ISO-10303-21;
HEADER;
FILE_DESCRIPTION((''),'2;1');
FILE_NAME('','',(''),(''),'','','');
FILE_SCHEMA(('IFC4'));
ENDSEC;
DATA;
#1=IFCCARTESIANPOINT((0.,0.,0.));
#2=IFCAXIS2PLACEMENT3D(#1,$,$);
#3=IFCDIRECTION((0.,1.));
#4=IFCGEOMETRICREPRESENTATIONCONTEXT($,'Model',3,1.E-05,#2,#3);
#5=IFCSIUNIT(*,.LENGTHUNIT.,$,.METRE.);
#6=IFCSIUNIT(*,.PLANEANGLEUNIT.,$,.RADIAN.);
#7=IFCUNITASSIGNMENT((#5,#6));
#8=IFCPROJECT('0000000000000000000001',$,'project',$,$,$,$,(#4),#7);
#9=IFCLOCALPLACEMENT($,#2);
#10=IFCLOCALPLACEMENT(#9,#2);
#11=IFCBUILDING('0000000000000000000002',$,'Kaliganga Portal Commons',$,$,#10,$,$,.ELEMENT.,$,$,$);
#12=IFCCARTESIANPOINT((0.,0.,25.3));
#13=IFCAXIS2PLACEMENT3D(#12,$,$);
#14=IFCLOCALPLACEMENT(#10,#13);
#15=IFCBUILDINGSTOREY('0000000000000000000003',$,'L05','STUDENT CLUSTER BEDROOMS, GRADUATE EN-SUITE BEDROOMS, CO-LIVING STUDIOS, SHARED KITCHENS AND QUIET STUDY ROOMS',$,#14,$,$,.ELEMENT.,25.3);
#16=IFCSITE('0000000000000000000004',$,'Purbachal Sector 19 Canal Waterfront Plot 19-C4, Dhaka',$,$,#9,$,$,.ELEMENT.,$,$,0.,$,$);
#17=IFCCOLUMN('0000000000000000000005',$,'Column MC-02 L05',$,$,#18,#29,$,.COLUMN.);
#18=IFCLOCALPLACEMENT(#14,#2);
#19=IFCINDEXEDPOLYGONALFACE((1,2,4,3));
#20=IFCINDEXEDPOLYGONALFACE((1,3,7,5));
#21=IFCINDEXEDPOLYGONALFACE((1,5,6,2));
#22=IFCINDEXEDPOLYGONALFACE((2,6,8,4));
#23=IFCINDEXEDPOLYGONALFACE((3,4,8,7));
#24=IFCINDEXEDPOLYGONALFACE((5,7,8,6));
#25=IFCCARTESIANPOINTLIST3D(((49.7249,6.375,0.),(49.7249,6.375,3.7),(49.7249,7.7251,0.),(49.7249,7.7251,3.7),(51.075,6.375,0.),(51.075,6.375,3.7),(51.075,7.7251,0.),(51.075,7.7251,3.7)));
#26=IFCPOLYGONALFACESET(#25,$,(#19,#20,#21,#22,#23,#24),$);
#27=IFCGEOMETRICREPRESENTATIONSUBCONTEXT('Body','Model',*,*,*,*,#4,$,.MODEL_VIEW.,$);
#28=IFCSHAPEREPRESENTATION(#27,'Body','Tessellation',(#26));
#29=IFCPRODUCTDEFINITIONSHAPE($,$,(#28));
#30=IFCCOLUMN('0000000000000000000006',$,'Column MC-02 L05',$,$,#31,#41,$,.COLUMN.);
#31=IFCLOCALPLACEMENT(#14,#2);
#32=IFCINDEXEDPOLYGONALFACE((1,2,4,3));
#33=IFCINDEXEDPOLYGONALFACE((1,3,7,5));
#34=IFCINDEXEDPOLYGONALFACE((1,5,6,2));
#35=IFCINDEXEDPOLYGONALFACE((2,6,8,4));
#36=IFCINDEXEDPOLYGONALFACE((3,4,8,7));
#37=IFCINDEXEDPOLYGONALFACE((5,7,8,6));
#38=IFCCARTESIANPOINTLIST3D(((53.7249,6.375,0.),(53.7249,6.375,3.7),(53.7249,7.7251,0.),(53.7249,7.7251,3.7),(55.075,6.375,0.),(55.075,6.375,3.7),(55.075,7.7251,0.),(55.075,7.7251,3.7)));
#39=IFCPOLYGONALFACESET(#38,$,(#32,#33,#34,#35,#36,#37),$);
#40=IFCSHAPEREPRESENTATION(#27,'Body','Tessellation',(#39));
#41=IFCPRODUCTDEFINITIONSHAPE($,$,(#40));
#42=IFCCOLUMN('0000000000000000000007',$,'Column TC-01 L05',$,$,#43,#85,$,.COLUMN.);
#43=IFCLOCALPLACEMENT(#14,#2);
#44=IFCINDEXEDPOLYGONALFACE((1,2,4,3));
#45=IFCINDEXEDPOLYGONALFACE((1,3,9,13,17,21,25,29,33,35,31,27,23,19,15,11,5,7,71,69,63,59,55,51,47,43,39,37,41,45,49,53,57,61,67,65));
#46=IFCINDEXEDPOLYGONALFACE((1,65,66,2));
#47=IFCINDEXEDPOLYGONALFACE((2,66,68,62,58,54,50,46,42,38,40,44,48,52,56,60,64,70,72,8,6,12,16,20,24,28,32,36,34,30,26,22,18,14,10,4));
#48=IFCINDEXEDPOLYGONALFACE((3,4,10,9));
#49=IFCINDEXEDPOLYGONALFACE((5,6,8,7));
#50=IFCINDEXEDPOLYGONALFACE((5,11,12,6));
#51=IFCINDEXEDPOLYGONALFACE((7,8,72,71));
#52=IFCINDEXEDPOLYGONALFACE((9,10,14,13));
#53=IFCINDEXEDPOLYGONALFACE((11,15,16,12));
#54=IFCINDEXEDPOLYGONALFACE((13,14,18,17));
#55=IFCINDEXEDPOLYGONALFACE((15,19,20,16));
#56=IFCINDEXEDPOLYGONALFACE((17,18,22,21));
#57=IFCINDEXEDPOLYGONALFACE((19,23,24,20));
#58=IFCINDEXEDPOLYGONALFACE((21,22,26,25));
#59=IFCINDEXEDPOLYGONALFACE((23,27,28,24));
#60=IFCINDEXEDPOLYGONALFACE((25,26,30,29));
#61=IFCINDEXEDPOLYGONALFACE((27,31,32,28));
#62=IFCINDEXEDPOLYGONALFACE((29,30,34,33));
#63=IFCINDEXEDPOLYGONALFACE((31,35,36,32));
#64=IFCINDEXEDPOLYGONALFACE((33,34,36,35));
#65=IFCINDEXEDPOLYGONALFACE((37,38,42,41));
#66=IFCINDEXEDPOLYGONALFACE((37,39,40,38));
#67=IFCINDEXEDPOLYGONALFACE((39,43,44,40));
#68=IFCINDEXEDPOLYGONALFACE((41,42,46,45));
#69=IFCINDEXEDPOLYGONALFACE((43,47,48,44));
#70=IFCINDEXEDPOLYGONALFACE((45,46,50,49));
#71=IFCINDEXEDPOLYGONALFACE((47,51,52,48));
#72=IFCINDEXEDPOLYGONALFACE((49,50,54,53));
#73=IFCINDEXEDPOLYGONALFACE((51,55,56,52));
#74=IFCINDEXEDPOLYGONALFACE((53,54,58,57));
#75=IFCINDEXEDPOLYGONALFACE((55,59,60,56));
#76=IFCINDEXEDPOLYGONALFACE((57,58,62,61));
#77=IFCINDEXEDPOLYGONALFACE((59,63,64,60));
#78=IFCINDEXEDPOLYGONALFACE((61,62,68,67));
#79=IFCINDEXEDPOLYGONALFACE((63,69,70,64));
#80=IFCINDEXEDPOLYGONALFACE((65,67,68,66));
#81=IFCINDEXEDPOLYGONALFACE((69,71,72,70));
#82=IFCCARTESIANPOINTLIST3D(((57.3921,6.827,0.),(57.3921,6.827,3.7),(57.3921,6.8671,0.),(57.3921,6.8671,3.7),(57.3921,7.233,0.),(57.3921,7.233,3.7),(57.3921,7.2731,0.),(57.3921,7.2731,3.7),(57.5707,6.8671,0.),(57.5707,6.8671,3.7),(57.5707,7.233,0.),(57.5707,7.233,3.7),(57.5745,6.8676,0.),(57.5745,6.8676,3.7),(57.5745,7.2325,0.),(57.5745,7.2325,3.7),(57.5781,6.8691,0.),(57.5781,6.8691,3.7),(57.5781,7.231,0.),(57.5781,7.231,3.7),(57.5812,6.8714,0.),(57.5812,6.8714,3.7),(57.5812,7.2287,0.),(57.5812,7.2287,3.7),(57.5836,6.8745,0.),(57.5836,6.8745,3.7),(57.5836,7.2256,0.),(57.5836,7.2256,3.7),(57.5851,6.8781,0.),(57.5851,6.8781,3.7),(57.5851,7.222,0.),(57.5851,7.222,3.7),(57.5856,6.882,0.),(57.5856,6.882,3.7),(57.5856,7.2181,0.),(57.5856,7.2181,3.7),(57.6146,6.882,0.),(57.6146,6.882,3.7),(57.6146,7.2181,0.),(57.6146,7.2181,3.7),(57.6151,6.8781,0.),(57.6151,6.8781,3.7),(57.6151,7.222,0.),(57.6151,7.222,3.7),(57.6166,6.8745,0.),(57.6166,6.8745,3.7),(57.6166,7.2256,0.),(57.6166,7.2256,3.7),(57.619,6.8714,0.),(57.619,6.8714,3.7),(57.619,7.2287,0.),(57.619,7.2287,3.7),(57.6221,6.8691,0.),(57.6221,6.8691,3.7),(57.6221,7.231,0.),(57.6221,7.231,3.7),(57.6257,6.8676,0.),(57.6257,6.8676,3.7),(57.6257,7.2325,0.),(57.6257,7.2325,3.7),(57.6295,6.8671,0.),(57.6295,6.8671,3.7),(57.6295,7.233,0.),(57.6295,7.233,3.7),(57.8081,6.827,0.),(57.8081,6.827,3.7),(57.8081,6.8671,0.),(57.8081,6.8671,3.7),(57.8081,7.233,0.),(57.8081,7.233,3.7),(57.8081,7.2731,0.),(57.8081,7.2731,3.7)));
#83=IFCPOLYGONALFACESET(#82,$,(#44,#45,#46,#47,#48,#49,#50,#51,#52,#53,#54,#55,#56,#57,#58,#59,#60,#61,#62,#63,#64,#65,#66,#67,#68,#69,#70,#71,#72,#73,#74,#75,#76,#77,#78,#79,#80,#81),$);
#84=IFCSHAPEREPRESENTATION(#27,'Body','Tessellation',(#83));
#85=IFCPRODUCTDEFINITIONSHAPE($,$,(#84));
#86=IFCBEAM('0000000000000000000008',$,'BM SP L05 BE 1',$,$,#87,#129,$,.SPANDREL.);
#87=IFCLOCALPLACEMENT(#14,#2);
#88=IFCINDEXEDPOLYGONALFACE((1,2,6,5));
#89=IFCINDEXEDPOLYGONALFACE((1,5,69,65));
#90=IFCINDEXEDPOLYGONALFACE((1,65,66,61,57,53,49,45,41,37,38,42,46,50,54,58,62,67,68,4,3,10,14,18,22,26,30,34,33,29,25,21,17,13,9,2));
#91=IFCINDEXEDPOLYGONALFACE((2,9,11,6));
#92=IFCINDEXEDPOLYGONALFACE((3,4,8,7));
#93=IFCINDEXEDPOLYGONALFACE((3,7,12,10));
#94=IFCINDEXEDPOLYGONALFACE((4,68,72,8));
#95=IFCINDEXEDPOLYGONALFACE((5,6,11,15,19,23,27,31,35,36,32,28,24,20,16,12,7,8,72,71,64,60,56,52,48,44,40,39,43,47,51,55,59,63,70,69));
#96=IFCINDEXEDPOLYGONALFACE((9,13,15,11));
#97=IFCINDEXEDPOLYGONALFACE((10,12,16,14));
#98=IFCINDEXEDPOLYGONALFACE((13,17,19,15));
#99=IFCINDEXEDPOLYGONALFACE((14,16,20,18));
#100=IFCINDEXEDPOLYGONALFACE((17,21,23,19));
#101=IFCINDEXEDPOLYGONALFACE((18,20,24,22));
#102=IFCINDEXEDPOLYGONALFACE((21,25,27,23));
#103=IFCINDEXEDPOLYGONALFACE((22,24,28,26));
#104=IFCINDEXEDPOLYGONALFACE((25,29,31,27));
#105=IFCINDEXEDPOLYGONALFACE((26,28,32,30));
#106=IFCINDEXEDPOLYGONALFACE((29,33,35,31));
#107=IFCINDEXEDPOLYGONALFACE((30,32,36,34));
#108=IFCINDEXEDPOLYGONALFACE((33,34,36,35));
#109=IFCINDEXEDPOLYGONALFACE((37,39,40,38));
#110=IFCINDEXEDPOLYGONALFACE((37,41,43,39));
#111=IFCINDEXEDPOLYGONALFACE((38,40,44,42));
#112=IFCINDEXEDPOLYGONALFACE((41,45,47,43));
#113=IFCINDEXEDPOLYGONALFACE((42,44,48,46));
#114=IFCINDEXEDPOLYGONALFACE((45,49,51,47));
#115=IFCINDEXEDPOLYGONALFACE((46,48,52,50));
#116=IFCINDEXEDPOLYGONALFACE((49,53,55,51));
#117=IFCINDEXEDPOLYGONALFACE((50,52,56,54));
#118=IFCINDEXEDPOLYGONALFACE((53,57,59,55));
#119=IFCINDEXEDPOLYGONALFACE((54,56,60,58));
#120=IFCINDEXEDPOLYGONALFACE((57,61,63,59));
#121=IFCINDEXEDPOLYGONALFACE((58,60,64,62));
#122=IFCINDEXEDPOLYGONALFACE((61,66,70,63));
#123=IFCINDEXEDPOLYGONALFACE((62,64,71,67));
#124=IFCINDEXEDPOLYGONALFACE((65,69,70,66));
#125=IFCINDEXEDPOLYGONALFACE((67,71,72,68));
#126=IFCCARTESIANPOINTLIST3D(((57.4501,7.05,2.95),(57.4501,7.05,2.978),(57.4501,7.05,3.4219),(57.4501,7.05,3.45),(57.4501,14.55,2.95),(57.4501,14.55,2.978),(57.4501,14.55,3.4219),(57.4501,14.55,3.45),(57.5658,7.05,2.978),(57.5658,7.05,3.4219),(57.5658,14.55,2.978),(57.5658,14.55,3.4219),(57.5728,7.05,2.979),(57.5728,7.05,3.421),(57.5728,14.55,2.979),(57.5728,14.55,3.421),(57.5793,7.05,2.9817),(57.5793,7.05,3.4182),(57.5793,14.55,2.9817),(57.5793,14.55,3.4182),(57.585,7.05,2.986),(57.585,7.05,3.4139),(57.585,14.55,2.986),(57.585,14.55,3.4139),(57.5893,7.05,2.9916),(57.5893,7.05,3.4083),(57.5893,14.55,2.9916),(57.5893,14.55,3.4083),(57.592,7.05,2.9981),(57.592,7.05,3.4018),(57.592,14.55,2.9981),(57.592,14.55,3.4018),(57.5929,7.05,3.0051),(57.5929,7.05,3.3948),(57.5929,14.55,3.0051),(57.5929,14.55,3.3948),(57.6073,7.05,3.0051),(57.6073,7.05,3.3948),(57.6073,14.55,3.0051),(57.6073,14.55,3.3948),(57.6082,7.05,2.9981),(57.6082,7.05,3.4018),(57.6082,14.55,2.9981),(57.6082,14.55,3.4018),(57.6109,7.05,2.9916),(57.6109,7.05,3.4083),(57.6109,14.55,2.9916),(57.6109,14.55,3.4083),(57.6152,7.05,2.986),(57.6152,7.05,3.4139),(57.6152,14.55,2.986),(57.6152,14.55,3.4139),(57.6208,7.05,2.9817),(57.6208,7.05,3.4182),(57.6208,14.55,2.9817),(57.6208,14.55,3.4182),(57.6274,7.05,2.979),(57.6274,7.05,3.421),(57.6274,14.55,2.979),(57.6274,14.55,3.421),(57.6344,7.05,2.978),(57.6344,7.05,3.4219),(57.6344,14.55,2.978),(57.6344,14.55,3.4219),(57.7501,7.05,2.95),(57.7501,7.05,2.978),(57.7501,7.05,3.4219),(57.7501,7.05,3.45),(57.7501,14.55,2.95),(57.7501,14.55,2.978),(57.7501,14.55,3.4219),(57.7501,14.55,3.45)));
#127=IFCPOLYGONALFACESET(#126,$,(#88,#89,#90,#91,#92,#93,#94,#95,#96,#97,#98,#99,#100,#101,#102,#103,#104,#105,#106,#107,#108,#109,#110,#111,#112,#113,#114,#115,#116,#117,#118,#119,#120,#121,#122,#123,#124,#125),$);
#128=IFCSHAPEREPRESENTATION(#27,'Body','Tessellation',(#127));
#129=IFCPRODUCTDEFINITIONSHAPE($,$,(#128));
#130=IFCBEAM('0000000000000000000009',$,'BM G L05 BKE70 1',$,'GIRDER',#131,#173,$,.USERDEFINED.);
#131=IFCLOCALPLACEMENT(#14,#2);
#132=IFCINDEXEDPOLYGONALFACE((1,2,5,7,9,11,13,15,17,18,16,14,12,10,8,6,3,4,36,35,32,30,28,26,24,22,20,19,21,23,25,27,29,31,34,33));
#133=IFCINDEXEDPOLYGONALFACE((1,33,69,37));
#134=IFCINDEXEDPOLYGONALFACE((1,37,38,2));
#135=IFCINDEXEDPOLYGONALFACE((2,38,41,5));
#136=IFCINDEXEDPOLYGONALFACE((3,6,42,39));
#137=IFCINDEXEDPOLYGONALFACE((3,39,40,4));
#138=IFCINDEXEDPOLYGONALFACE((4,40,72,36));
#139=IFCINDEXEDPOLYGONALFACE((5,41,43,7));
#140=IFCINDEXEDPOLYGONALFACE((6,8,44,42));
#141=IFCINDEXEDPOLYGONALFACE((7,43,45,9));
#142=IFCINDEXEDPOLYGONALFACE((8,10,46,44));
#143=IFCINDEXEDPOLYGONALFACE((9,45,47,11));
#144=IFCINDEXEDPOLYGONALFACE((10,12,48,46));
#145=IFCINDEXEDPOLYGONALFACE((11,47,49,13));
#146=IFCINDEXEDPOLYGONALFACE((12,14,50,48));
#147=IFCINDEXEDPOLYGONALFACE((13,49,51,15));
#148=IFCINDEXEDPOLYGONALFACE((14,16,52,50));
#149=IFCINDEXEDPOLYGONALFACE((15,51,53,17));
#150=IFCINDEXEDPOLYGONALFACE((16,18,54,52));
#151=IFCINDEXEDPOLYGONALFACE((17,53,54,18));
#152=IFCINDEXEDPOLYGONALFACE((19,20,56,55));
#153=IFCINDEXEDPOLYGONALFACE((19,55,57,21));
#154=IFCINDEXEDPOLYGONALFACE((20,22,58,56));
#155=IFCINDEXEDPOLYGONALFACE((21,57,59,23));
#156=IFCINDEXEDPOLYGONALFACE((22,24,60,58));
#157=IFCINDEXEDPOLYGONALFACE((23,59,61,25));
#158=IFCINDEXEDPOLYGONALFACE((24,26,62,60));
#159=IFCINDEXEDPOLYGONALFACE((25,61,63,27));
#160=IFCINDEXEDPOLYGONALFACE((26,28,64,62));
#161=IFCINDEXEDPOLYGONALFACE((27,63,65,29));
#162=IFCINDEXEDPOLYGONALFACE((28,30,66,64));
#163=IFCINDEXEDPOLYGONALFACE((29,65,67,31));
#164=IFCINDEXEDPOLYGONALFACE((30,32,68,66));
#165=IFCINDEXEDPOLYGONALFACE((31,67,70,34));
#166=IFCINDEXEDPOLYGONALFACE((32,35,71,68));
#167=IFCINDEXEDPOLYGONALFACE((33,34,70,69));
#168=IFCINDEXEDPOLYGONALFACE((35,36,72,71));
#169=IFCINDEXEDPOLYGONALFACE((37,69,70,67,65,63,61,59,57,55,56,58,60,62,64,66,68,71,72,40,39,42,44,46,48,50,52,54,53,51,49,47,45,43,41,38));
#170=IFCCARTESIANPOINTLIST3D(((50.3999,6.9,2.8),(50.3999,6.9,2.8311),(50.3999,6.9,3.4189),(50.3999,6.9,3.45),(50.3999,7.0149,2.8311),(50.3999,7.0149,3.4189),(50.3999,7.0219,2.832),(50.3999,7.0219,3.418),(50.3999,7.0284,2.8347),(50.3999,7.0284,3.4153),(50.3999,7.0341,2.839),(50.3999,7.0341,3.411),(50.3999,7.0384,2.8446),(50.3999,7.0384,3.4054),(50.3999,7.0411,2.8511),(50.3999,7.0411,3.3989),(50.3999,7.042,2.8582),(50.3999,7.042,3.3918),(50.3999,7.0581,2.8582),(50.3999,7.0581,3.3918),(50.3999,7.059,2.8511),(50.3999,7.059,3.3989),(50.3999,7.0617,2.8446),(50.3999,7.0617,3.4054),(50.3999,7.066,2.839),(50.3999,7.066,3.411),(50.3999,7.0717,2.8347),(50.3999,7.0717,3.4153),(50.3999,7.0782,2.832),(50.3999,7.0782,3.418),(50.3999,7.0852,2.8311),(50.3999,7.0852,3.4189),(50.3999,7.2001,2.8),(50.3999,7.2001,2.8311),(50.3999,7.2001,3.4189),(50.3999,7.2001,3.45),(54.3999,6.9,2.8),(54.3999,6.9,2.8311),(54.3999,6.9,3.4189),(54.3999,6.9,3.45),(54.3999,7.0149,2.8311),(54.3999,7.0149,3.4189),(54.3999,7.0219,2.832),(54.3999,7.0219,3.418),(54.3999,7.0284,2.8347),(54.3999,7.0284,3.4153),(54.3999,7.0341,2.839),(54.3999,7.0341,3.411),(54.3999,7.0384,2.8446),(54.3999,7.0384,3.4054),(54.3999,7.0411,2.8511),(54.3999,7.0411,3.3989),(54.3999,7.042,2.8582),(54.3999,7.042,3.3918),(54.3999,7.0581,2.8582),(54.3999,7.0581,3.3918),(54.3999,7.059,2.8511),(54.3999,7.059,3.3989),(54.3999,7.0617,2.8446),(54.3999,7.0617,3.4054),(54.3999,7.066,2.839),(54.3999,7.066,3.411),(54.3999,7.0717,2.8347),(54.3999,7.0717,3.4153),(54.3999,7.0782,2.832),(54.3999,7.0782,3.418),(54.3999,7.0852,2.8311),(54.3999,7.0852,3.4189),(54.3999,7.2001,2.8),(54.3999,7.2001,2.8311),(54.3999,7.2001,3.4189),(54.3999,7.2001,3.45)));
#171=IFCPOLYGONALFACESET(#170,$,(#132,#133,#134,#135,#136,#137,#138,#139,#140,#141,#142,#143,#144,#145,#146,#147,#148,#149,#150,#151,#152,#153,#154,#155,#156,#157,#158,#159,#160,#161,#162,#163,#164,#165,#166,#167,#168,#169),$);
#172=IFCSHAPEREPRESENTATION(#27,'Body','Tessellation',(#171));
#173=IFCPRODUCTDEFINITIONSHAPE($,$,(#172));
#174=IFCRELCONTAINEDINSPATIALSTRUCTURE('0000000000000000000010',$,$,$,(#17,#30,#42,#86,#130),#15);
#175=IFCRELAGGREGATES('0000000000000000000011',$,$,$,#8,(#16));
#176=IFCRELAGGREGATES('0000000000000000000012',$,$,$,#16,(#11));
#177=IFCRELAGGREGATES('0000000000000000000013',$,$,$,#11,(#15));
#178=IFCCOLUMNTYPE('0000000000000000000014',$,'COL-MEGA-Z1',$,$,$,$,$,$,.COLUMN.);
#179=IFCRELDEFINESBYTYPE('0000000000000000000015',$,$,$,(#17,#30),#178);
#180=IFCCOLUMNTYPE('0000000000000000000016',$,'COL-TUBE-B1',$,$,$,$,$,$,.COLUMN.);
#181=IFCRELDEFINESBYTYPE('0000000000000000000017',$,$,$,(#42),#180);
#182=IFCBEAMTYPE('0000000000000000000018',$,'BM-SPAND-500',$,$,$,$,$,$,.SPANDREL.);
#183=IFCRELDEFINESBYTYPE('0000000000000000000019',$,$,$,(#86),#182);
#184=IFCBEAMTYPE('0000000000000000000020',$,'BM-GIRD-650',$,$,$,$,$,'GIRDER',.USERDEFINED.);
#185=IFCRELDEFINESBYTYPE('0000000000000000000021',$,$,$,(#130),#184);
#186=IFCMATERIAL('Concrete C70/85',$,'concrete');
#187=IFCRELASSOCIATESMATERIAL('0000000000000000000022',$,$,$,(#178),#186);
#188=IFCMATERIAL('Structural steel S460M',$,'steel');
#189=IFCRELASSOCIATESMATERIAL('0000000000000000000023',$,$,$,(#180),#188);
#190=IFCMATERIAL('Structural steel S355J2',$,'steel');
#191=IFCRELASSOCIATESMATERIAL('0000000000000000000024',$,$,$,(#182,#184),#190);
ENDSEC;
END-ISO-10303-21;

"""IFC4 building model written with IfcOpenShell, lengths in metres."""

from ifc_helpers import new_model, si_unit, direction, frame, origin, origin_2d, place, context, subcontext, project, spatial, rectangle, i_section, extrude, source, transform, mapped, material, material_profile, profile_set, type_object, element, save


model = new_model("IFC4")

# Units and contexts
model_context = context("Model", 3, precision=1e-05, world=origin(), true_north=direction((0.0, 1.0)))
body_context = subcontext(model_context, "Body", "Model", "MODEL_VIEW")
ifc_project = project(units=[si_unit("LENGTHUNIT", "METRE"), si_unit("PLANEANGLEUNIT", "RADIAN")], contexts=[model_context])

# Site, building, storey
site_placement = place(None, origin())
site = spatial("IfcSite", under=ifc_project, at=site_placement, Name="Purbachal Sector 19 Canal Waterfront Plot 19-C4, Dhaka", CompositionType="ELEMENT", RefElevation=0.0)
building_placement = place(site_placement, origin())
building = spatial("IfcBuilding", under=site, at=building_placement, Name="Kaliganga Portal Commons", CompositionType="ELEMENT")
storey_placement = place(building_placement, frame((0.0, 0.0, 25.3)))
storey = spatial("IfcBuildingStorey", under=building, at=storey_placement, Name="L05", Description="STUDENT CLUSTER BEDROOMS, GRADUATE EN-SUITE BEDROOMS, CO-LIVING STUDIOS, SHARED KITCHENS AND QUIET STUDY ROOMS", CompositionType="ELEMENT", Elevation=25.3)

# Columns
ifc_material_1 = material(Name="Concrete C70/85", Category="concrete")
ifc_material_profile_1 = material_profile(ifc_material_1, rectangle(XDim=1.3501, YDim=1.3501, at=origin_2d()), Name="RC 1350x1350")
ifc_profile_set_1 = profile_set([ifc_material_profile_1], Name="Concrete C70/85")
column_type_1 = type_object("IfcColumnType", Name="COL-MEGA-Z1", PredefinedType="COLUMN", material=ifc_profile_set_1)
shared_shape_1 = source(origin(), body_context, "Body", "SweptSolid", [
    extrude(rectangle(XDim=1.3501, YDim=1.3501, at=origin_2d()), origin(), (0.0, 0.0, 1.0), 3.7),
])
for number, where, z_axis, x_axis, name in (
    (1, (50.3999, 7.05, 0.0), (0.0, 0.0, 1.0), (1.0, 0.0, 0.0), "Column MC-02 L05"),
    (2, (54.3999, 7.05, 0.0), (0.0, 0.0, 1.0), (1.0, 0.0, 0.0), "Column MC-02 L05"),
):
    element("IfcColumn", number, at=place(storey_placement, frame(where, z_axis=z_axis, x_axis=x_axis)), inside=storey, type_object=column_type_1, Name=name, PredefinedType="COLUMN", context=body_context, shape_type="MappedRepresentation", body=[
        mapped(shared_shape_1, transform((0.0, 0.0, 0.0), x_axis=(1.0, 0.0, 0.0), y_axis=(0.0, 1.0, 0.0), z_axis=(0.0, 0.0, 1.0), scale=1.0)),
    ])
ifc_material_2 = material(Name="Structural steel S460M", Category="steel")
ifc_material_profile_2 = material_profile(ifc_material_2, i_section(OverallWidth=0.416, OverallDepth=0.446, WebThickness=0.0291, FlangeThickness=0.04, FilletRadius=0.0149, at=origin_2d()), Name="HD 400x509")
ifc_profile_set_2 = profile_set([ifc_material_profile_2], Name="Structural steel S460M wide-flange")
column_type_2 = type_object("IfcColumnType", Name="COL-TUBE-B1", PredefinedType="COLUMN", material=ifc_profile_set_2)
shared_shape_2 = source(origin(), body_context, "Body", "SweptSolid", [
    extrude(i_section(OverallWidth=0.416, OverallDepth=0.446, WebThickness=0.0291, FlangeThickness=0.04, FilletRadius=0.0149, at=origin_2d()), origin(), (0.0, 0.0, 1.0), 3.7),
])
column_placement = place(storey_placement, frame((57.6001, 7.05, 0.0), z_axis=(0.0, 0.0, 1.0), x_axis=(1.0, 0.0, 0.0)))
element("IfcColumn", 3, at=column_placement, inside=storey, type_object=column_type_2, Name="Column TC-01 L05", PredefinedType="COLUMN", context=body_context, shape_type="MappedRepresentation", body=[
    mapped(shared_shape_2, transform((0.0, 0.0, 0.0), x_axis=(1.0, 0.0, 0.0), y_axis=(0.0, 1.0, 0.0), z_axis=(0.0, 0.0, 1.0), scale=1.0)),
])

# Beams
ifc_material_3 = material(Name="Structural steel S355J2", Category="steel")
ifc_material_profile_3 = material_profile(ifc_material_3, i_section(OverallWidth=0.3, OverallDepth=0.5, WebThickness=0.0144, FlangeThickness=0.0281, FilletRadius=0.0271, at=origin_2d()), Name="HE 500 B")
ifc_profile_set_3 = profile_set([ifc_material_profile_3], Name="Structural steel S355J2 wide-flange")
beam_type_1 = type_object("IfcBeamType", Name="BM-SPAND-500", PredefinedType="SPANDREL", material=ifc_profile_set_3)
shared_shape_3 = source(origin(), body_context, "Body", "SweptSolid", [
    extrude(i_section(OverallWidth=0.3, OverallDepth=0.5, WebThickness=0.0144, FlangeThickness=0.0281, FilletRadius=0.0271, at=origin_2d()), origin(), (0.0, 0.0, 1.0), 7.5),
])
beam_1_placement = place(storey_placement, frame((57.6001, 7.05, 3.2), z_axis=(0.0, 1.0, 0.0), x_axis=(-1.0, 0.0, 0.0)))
element("IfcBeam", 4, at=beam_1_placement, inside=storey, type_object=beam_type_1, Name="BM SP L05 BE 1", PredefinedType="SPANDREL", context=body_context, shape_type="MappedRepresentation", body=[
    mapped(shared_shape_3, transform((0.0, 0.0, 0.0), x_axis=(1.0, 0.0, 0.0), y_axis=(0.0, 1.0, 0.0), z_axis=(0.0, 0.0, 1.0), scale=1.0)),
])
ifc_material_profile_4 = material_profile(ifc_material_3, i_section(OverallWidth=0.3, OverallDepth=0.6499, WebThickness=0.0161, FlangeThickness=0.031, FilletRadius=0.0271, at=origin_2d()), Name="HE 650 B")
ifc_profile_set_4 = profile_set([ifc_material_profile_4], Name="Structural steel S355J2 wide-flange")
beam_type_2 = type_object("IfcBeamType", Name="BM-GIRD-650", ElementType="GIRDER", PredefinedType="USERDEFINED", material=ifc_profile_set_4)
shared_shape_4 = source(origin(), body_context, "Body", "SweptSolid", [
    extrude(i_section(OverallWidth=0.3, OverallDepth=0.6499, WebThickness=0.0161, FlangeThickness=0.031, FilletRadius=0.0271, at=origin_2d()), origin(), (0.0, 0.0, 1.0), 4.0),
])
beam_2_placement = place(storey_placement, frame((50.3999, 7.05, 3.125), z_axis=(1.0, 0.0, 0.0), x_axis=(0.0, 1.0, 0.0)))
element("IfcBeam", 5, at=beam_2_placement, inside=storey, type_object=beam_type_2, Name="BM G L05 BKE70 1", ObjectType="GIRDER", PredefinedType="USERDEFINED", context=body_context, shape_type="MappedRepresentation", body=[
    mapped(shared_shape_4, transform((0.0, 0.0, 0.0), x_axis=(1.0, 0.0, 0.0), y_axis=(0.0, 1.0, 0.0), z_axis=(0.0, 0.0, 1.0), scale=1.0)),
])

save(model, "model.ifc")
